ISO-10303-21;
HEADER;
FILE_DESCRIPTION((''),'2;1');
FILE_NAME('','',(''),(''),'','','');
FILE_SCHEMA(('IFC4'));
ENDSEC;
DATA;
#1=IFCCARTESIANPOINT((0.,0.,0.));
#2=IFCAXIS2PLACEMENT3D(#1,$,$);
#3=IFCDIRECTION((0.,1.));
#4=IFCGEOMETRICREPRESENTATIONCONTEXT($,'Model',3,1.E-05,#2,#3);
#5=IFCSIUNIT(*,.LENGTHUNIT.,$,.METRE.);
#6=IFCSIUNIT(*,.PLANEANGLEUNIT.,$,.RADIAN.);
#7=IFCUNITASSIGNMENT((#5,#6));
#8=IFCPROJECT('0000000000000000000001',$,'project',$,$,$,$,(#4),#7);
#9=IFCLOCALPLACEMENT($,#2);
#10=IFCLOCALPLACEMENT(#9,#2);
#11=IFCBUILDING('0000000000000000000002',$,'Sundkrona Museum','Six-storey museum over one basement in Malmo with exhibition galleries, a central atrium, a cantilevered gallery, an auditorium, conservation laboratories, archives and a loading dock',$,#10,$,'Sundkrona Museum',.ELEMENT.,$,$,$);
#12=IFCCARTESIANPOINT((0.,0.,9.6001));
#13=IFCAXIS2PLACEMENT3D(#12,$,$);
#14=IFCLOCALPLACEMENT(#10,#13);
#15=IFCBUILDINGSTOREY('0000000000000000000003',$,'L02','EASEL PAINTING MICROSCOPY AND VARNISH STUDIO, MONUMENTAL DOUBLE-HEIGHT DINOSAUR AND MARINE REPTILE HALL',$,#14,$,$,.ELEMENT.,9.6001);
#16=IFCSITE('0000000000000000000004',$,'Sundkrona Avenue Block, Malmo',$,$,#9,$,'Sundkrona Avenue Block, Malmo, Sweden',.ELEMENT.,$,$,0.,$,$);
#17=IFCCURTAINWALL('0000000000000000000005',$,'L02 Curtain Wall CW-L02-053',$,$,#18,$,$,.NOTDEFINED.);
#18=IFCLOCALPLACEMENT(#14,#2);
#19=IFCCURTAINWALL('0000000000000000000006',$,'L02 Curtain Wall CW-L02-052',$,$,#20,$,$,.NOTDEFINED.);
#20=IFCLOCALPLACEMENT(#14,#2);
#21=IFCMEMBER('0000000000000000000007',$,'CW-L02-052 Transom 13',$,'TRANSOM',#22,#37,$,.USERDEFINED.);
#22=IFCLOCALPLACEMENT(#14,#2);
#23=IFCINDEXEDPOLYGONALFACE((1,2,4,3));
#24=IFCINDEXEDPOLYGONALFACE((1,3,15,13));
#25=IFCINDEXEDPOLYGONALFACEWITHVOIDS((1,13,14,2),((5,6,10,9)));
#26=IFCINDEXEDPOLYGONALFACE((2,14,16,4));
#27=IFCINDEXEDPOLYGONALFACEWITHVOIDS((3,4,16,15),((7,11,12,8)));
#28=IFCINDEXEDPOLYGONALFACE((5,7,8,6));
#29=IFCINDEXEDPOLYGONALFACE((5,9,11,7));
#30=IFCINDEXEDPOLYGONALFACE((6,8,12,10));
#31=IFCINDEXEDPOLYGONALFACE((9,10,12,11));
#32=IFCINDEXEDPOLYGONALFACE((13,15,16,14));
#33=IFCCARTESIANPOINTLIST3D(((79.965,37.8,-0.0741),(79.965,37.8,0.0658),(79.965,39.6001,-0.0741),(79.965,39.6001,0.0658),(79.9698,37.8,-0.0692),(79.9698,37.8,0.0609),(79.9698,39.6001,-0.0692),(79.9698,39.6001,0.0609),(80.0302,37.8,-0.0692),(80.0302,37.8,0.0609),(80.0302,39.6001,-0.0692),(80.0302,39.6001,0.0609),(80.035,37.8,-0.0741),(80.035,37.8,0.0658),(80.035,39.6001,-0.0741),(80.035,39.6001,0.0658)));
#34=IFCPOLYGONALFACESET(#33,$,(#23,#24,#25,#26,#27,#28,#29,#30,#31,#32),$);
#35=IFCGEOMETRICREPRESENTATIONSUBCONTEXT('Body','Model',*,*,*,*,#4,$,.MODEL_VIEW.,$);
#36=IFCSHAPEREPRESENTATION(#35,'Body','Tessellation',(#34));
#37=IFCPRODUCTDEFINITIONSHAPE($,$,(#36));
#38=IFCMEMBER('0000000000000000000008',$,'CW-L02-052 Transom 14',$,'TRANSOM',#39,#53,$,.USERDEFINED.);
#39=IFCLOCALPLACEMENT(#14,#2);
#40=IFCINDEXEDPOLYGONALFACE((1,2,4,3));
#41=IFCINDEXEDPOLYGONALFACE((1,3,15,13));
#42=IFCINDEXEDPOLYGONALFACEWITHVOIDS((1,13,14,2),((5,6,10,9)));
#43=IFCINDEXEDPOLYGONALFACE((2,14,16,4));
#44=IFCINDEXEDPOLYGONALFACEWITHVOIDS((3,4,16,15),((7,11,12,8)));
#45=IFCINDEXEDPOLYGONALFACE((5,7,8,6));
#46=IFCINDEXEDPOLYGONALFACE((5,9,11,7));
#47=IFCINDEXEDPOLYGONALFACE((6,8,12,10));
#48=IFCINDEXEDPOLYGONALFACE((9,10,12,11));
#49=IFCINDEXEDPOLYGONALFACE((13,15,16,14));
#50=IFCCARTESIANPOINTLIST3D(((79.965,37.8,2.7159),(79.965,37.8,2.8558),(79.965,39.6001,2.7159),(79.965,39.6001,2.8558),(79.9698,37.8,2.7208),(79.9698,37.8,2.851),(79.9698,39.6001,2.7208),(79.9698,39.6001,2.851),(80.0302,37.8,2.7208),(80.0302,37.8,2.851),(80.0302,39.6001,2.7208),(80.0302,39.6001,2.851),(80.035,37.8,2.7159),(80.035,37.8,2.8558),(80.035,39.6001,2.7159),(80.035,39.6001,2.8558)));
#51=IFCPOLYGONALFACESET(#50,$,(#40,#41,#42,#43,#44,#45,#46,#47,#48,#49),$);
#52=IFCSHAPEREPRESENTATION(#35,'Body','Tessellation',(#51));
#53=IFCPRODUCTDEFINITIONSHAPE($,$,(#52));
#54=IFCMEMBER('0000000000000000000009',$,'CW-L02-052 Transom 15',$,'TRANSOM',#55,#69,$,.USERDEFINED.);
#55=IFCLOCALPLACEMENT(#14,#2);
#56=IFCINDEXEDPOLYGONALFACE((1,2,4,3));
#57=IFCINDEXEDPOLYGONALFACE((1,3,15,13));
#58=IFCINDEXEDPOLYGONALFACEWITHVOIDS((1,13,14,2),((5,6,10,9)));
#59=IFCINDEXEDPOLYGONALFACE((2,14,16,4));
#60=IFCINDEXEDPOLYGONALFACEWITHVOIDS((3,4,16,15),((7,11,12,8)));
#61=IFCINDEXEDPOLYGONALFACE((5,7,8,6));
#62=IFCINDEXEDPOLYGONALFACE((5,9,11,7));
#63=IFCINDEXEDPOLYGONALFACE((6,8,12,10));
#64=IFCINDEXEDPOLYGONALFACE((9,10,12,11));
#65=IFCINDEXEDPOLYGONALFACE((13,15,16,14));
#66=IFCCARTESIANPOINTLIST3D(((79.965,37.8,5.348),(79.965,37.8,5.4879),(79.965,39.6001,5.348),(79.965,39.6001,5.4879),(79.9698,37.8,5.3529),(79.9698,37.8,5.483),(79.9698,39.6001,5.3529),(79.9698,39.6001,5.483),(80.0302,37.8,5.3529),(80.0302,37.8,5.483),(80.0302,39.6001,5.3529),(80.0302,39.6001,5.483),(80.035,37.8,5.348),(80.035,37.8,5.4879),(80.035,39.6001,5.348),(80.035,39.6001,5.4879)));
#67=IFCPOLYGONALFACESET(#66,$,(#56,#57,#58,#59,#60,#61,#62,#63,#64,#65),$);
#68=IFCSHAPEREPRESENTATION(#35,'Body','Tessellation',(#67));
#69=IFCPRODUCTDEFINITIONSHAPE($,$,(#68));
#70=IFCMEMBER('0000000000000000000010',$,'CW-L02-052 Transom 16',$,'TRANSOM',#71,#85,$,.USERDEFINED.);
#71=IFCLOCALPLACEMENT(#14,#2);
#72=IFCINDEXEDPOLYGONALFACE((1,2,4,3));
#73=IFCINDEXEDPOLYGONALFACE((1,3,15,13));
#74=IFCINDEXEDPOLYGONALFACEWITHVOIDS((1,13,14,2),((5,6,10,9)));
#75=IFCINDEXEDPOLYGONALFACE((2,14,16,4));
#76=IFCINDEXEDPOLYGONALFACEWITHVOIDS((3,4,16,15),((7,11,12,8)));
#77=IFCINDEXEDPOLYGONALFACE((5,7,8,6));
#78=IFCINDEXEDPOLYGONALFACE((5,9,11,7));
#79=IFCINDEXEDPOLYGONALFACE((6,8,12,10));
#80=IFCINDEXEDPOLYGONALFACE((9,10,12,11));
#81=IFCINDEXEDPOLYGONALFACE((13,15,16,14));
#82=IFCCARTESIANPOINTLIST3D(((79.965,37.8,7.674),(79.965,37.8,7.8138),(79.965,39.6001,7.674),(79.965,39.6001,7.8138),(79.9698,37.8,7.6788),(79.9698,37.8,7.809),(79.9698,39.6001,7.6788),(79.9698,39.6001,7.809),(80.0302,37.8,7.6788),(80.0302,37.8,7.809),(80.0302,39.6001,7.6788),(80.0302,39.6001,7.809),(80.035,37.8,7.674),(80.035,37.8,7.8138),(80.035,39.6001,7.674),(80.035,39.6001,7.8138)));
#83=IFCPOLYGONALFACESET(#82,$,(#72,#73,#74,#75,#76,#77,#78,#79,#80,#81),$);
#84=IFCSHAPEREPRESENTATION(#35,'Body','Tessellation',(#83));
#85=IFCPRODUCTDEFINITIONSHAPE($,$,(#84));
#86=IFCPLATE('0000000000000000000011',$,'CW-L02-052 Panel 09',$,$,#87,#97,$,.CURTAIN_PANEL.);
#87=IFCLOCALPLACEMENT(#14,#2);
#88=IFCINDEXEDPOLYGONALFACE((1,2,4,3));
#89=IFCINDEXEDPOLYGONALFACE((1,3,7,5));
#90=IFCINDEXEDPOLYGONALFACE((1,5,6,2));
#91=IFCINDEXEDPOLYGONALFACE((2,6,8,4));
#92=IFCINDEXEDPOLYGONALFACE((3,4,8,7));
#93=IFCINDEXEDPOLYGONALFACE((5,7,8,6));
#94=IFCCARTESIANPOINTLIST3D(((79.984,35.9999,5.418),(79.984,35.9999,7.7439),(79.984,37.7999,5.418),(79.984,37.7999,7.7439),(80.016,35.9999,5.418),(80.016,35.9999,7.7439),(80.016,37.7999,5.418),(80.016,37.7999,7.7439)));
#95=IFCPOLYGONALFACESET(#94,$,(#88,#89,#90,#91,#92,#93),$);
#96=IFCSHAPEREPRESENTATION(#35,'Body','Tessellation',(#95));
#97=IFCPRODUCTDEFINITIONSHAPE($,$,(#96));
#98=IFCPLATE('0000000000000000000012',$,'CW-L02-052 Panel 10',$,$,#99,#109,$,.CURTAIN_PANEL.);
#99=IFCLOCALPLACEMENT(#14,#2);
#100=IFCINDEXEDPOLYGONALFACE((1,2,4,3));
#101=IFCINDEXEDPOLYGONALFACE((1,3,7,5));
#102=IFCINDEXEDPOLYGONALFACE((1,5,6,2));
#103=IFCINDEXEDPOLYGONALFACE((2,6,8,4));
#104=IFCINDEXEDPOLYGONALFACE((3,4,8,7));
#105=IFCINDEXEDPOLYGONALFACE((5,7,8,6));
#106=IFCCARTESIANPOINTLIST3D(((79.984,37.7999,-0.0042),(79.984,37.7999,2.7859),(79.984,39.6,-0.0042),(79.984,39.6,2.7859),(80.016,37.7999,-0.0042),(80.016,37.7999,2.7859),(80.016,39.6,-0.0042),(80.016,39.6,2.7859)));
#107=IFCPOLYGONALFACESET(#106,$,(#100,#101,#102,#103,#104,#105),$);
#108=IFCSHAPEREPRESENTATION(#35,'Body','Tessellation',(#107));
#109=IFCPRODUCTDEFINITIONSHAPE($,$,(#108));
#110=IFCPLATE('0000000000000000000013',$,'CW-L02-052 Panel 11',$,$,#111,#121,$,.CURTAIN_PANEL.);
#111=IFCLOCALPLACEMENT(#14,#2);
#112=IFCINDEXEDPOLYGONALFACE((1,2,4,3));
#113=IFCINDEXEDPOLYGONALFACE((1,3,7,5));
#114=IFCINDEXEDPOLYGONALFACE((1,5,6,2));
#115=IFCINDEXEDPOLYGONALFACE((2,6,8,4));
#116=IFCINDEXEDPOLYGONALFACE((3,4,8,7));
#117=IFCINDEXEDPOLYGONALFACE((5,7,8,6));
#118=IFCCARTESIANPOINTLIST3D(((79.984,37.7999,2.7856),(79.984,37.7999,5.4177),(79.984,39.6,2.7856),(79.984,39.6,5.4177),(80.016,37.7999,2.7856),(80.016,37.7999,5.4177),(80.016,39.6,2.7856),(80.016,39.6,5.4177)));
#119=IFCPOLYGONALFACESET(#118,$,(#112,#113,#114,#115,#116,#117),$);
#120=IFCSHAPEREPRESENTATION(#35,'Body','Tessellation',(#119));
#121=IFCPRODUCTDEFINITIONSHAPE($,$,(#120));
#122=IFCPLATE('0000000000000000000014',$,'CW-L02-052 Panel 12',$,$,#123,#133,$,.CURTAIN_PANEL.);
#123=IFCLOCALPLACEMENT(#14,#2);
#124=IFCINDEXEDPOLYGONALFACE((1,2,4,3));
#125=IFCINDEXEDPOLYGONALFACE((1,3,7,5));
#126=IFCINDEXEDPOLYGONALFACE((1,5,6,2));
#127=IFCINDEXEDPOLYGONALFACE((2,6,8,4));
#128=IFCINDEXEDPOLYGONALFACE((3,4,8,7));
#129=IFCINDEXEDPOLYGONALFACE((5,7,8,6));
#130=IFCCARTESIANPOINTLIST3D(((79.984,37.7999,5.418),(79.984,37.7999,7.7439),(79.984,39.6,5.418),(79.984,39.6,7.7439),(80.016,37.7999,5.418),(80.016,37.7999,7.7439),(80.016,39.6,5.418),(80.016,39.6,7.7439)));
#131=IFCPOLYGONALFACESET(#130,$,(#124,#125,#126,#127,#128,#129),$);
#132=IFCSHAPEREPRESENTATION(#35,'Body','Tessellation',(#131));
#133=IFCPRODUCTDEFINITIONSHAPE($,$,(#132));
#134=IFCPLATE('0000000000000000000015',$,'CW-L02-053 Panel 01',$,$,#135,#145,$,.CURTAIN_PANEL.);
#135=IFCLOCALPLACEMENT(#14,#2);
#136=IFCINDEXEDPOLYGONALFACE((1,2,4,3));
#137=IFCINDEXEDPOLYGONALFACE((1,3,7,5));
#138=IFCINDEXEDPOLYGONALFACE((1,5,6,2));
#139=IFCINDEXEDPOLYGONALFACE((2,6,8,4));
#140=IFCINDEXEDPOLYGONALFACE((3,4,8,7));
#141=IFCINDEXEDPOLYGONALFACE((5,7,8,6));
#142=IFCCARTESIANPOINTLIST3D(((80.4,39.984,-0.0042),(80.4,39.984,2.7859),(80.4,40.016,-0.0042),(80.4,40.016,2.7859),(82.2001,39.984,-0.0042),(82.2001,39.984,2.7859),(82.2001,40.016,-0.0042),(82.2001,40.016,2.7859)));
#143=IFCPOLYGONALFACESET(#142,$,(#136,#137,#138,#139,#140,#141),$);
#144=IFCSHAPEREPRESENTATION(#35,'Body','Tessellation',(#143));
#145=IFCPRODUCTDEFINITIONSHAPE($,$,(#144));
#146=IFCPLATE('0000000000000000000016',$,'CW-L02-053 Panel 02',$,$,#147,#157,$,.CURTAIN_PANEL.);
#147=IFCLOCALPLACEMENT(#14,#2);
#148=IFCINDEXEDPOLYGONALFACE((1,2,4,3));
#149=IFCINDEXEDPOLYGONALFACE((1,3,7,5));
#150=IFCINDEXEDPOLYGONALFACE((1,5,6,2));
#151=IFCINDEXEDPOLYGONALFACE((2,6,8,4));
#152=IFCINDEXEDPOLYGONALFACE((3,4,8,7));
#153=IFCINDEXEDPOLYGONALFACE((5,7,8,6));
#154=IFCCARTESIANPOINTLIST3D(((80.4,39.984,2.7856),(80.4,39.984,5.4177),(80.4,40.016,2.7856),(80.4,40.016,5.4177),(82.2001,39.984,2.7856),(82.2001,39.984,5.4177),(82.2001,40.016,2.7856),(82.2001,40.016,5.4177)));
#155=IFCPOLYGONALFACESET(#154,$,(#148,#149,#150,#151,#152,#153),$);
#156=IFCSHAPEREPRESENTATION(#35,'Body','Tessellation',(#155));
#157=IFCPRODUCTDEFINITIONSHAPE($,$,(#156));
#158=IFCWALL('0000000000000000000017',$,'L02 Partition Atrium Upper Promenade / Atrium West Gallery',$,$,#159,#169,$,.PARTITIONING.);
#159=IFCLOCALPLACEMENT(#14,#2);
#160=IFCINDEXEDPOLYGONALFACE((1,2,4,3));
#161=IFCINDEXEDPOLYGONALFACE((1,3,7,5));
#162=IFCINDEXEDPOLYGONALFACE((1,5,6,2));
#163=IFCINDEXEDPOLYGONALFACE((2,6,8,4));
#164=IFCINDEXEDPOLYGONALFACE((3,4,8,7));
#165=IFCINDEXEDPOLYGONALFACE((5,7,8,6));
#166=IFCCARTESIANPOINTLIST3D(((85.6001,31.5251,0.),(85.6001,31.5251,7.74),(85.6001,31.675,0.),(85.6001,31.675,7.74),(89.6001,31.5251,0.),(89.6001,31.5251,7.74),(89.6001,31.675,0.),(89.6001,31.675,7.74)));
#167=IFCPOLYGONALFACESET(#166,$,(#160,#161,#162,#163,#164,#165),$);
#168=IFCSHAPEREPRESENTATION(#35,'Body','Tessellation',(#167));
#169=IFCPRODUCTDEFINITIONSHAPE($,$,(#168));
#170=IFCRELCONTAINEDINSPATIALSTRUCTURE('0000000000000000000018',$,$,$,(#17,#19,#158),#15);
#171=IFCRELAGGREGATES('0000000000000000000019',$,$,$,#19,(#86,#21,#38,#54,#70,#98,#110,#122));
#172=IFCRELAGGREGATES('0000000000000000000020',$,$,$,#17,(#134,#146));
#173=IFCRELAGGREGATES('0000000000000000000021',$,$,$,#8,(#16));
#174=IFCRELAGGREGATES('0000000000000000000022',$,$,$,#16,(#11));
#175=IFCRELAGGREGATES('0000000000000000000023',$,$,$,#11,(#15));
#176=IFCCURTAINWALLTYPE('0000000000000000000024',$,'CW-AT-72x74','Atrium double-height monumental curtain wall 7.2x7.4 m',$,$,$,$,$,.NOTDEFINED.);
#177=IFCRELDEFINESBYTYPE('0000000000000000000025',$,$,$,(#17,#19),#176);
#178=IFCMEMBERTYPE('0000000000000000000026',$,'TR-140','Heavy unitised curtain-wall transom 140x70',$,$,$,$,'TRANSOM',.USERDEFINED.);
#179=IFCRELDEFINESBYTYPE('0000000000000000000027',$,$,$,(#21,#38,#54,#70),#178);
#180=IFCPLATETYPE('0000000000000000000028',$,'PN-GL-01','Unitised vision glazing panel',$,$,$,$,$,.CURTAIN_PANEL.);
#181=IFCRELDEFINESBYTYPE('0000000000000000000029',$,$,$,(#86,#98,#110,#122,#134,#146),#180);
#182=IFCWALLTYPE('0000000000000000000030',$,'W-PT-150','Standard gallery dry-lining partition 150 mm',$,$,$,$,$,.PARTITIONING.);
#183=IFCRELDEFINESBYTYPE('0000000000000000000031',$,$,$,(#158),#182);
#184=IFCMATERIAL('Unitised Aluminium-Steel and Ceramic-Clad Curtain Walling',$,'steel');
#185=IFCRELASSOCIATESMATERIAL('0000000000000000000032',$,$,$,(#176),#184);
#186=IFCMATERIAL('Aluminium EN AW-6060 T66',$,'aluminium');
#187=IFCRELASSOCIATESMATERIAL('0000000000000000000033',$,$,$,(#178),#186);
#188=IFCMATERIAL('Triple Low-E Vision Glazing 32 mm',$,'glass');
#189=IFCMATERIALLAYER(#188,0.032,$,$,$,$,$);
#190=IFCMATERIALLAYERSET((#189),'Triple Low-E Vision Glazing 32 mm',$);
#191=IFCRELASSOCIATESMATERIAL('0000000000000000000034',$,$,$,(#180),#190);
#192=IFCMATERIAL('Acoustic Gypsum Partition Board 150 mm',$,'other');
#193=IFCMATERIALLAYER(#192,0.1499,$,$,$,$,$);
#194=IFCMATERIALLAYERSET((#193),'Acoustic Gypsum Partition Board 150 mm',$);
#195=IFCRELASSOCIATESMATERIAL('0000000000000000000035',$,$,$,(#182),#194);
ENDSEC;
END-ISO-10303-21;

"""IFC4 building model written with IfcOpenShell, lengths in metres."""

from ifc_helpers import new_model, si_unit, direction, frame, frame_2d, origin, origin_2d, place, context, subcontext, project, spatial, rectangle, hollow_rectangle, extrude, material, layer, layer_set, material_profile, profile_set, type_object, element, aggregate, save


model = new_model("IFC4")

# Units and contexts
model_context = context("Model", 3, precision=1e-05, world=origin(), true_north=direction((0.0, 1.0)))
body_context = subcontext(model_context, "Body", "Model", "MODEL_VIEW")
ifc_project = project(units=[si_unit("LENGTHUNIT", "METRE"), si_unit("PLANEANGLEUNIT", "RADIAN")], contexts=[model_context])

# Site, building, storey
site_placement = place(None, origin())
site = spatial("IfcSite", under=ifc_project, at=site_placement, Name="Sundkrona Avenue Block, Malmo", LongName="Sundkrona Avenue Block, Malmo, Sweden", CompositionType="ELEMENT", RefElevation=0.0)
building_placement = place(site_placement, origin())
building = spatial("IfcBuilding", under=site, at=building_placement, Name="Sundkrona Museum", Description="Six-storey museum over one basement in Malmo with exhibition galleries, a central atrium, a cantilevered gallery, an auditorium, conservation laboratories, archives and a loading dock", LongName="Sundkrona Museum", CompositionType="ELEMENT")
storey_placement = place(building_placement, frame((0.0, 0.0, 9.6001)))
storey = spatial("IfcBuildingStorey", under=building, at=storey_placement, Name="L02", Description="EASEL PAINTING MICROSCOPY AND VARNISH STUDIO, MONUMENTAL DOUBLE-HEIGHT DINOSAUR AND MARINE REPTILE HALL", CompositionType="ELEMENT", Elevation=9.6001)

# Curtain wall
ifc_material_1 = material(Name="Unitised Aluminium-Steel and Ceramic-Clad Curtain Walling", Category="steel")
curtain_wall_type = type_object("IfcCurtainWallType", Name="CW-AT-72x74", Description="Atrium double-height monumental curtain wall 7.2x7.4 m", PredefinedType="NOTDEFINED", material=ifc_material_1)
curtain_wall_1_placement = place(storey_placement, origin())
curtain_wall_1 = element("IfcCurtainWall", 1, at=curtain_wall_1_placement, inside=storey, type_object=curtain_wall_type, Name="L02 Curtain Wall CW-L02-053", PredefinedType="NOTDEFINED")
ifc_material_2 = material(Name="Aluminium EN AW-6060 T66", Category="aluminium")

# Curtain wall, members, plates
curtain_wall_2_placement = place(storey_placement, origin())
curtain_wall_2 = element("IfcCurtainWall", 2, at=curtain_wall_2_placement, inside=storey, type_object=curtain_wall_type, Name="L02 Curtain Wall CW-L02-052", PredefinedType="NOTDEFINED")
ifc_material_profile_1 = material_profile(ifc_material_2, hollow_rectangle(XDim=0.0701, YDim=0.1399, WallThickness=0.0049, at=origin_2d()), Name="RHS 140x70x5.0")
ifc_profile_set_1 = profile_set([ifc_material_profile_1], Name="Aluminium EN AW-6060 T66")
member_type_1 = type_object("IfcMemberType", Name="TR-140", Description="Heavy unitised curtain-wall transom 140x70", ElementType="TRANSOM", PredefinedType="USERDEFINED", material=ifc_profile_set_1)
member_1_placement = place(storey_placement, frame((80.0, 37.8, -0.0042), z_axis=(0.0, 1.0, 0.0), x_axis=(-1.0, 0.0, 0.0)))
member_1 = element("IfcMember", 3, at=member_1_placement, type_object=member_type_1, Name="CW-L02-052 Transom 13", ObjectType="TRANSOM", PredefinedType="USERDEFINED", context=body_context, shape_type="SweptSolid", body=[
    extrude(hollow_rectangle(XDim=0.0701, YDim=0.1399, WallThickness=0.0049, at=origin_2d()), origin(), (0.0, 0.0, 1.0), 1.8),
])
member_2_placement = place(storey_placement, frame((80.0, 37.8, 2.7859), z_axis=(0.0, 1.0, 0.0), x_axis=(-1.0, 0.0, 0.0)))
member_2 = element("IfcMember", 4, at=member_2_placement, type_object=member_type_1, Name="CW-L02-052 Transom 14", ObjectType="TRANSOM", PredefinedType="USERDEFINED", context=body_context, shape_type="SweptSolid", body=[
    extrude(hollow_rectangle(XDim=0.0701, YDim=0.1399, WallThickness=0.0049, at=origin_2d()), origin(), (0.0, 0.0, 1.0), 1.8),
])
member_3_placement = place(storey_placement, frame((80.0, 37.8, 5.418), z_axis=(0.0, 1.0, 0.0), x_axis=(-1.0, 0.0, 0.0)))
member_3 = element("IfcMember", 5, at=member_3_placement, type_object=member_type_1, Name="CW-L02-052 Transom 15", ObjectType="TRANSOM", PredefinedType="USERDEFINED", context=body_context, shape_type="SweptSolid", body=[
    extrude(hollow_rectangle(XDim=0.0701, YDim=0.1399, WallThickness=0.0049, at=origin_2d()), origin(), (0.0, 0.0, 1.0), 1.8),
])
member_4_placement = place(storey_placement, frame((80.0, 37.8, 7.7439), z_axis=(0.0, 1.0, 0.0), x_axis=(-1.0, 0.0, 0.0)))
member_4 = element("IfcMember", 6, at=member_4_placement, type_object=member_type_1, Name="CW-L02-052 Transom 16", ObjectType="TRANSOM", PredefinedType="USERDEFINED", context=body_context, shape_type="SweptSolid", body=[
    extrude(hollow_rectangle(XDim=0.0701, YDim=0.1399, WallThickness=0.0049, at=origin_2d()), origin(), (0.0, 0.0, 1.0), 1.8),
])
ifc_material_3 = material(Name="Triple Low-E Vision Glazing 32 mm", Category="glass")
ifc_layer_1 = layer(ifc_material_3, 0.032)
ifc_layer_set_1 = layer_set([ifc_layer_1], Name="Triple Low-E Vision Glazing 32 mm")
plate_type = type_object("IfcPlateType", Name="PN-GL-01", Description="Unitised vision glazing panel", PredefinedType="CURTAIN_PANEL", material=ifc_layer_set_1)
plate_1_placement = place(storey_placement, frame((80.0, 36.8999, 5.418), z_axis=(0.0, 0.0, 1.0), x_axis=(0.0, 1.0, 0.0)))
plate_1 = element("IfcPlate", 7, at=plate_1_placement, type_object=plate_type, Name="CW-L02-052 Panel 09", PredefinedType="CURTAIN_PANEL", context=body_context, shape_type="SweptSolid", body=[
    extrude(rectangle(XDim=1.8, YDim=0.032, at=origin_2d()), origin(), (0.0, 0.0, 1.0), 2.3259),
])
plate_2_placement = place(storey_placement, frame((80.0, 38.7, -0.0042), z_axis=(0.0, 0.0, 1.0), x_axis=(0.0, 1.0, 0.0)))
plate_2 = element("IfcPlate", 8, at=plate_2_placement, type_object=plate_type, Name="CW-L02-052 Panel 10", PredefinedType="CURTAIN_PANEL", context=body_context, shape_type="SweptSolid", body=[
    extrude(rectangle(XDim=1.8, YDim=0.032, at=origin_2d()), origin(), (0.0, 0.0, 1.0), 2.79),
])
plate_3_placement = place(storey_placement, frame((80.0, 38.7, 2.7856), z_axis=(0.0, 0.0, 1.0), x_axis=(0.0, 1.0, 0.0)))
plate_3 = element("IfcPlate", 9, at=plate_3_placement, type_object=plate_type, Name="CW-L02-052 Panel 11", PredefinedType="CURTAIN_PANEL", context=body_context, shape_type="SweptSolid", body=[
    extrude(rectangle(XDim=1.8, YDim=0.032, at=origin_2d()), origin(), (0.0, 0.0, 1.0), 2.6321),
])
plate_4_placement = place(storey_placement, frame((80.0, 38.7, 5.418), z_axis=(0.0, 0.0, 1.0), x_axis=(0.0, 1.0, 0.0)))
plate_4 = element("IfcPlate", 10, at=plate_4_placement, type_object=plate_type, Name="CW-L02-052 Panel 12", PredefinedType="CURTAIN_PANEL", context=body_context, shape_type="SweptSolid", body=[
    extrude(rectangle(XDim=1.8, YDim=0.032, at=origin_2d()), origin(), (0.0, 0.0, 1.0), 2.3259),
])
aggregate(curtain_wall_2, [plate_1, member_1, member_2, member_3, member_4, plate_2, plate_3, plate_4])

# Plates
plate_5_placement = place(storey_placement, frame((81.3, 40.0, -0.0042), z_axis=(0.0, 0.0, 1.0), x_axis=(1.0, 0.0, 0.0)))
plate_5 = element("IfcPlate", 11, at=plate_5_placement, type_object=plate_type, Name="CW-L02-053 Panel 01", PredefinedType="CURTAIN_PANEL", context=body_context, shape_type="SweptSolid", body=[
    extrude(rectangle(XDim=1.8, YDim=0.032, at=origin_2d()), origin(), (0.0, 0.0, 1.0), 2.79),
])
plate_6_placement = place(storey_placement, frame((81.3, 40.0, 2.7856), z_axis=(0.0, 0.0, 1.0), x_axis=(1.0, 0.0, 0.0)))
plate_6 = element("IfcPlate", 12, at=plate_6_placement, type_object=plate_type, Name="CW-L02-053 Panel 02", PredefinedType="CURTAIN_PANEL", context=body_context, shape_type="SweptSolid", body=[
    extrude(rectangle(XDim=1.8, YDim=0.032, at=origin_2d()), origin(), (0.0, 0.0, 1.0), 2.6321),
])
aggregate(curtain_wall_1, [plate_5, plate_6])

# Wall
ifc_material_4 = material(Name="Acoustic Gypsum Partition Board 150 mm", Category="other")
ifc_layer_2 = layer(ifc_material_4, 0.1499)
ifc_layer_set_2 = layer_set([ifc_layer_2], Name="Acoustic Gypsum Partition Board 150 mm")
wall_type = type_object("IfcWallType", Name="W-PT-150", Description="Standard gallery dry-lining partition 150 mm", PredefinedType="PARTITIONING", material=ifc_layer_set_2)
wall_placement = place(storey_placement, frame((85.6001, 31.6001, 0.0), z_axis=(0.0, 0.0, 1.0), x_axis=(1.0, 0.0, 0.0)))
element("IfcWall", 13, at=wall_placement, inside=storey, type_object=wall_type, Name="L02 Partition Atrium Upper Promenade / Atrium West Gallery", PredefinedType="PARTITIONING", context=body_context, shape_type="SweptSolid", body=[
    extrude(rectangle(XDim=4.0, YDim=0.1499, at=frame_2d((2.0, 0.0))), origin(), (0.0, 0.0, 1.0), 7.74),
])

save(model, "model.ifc")
